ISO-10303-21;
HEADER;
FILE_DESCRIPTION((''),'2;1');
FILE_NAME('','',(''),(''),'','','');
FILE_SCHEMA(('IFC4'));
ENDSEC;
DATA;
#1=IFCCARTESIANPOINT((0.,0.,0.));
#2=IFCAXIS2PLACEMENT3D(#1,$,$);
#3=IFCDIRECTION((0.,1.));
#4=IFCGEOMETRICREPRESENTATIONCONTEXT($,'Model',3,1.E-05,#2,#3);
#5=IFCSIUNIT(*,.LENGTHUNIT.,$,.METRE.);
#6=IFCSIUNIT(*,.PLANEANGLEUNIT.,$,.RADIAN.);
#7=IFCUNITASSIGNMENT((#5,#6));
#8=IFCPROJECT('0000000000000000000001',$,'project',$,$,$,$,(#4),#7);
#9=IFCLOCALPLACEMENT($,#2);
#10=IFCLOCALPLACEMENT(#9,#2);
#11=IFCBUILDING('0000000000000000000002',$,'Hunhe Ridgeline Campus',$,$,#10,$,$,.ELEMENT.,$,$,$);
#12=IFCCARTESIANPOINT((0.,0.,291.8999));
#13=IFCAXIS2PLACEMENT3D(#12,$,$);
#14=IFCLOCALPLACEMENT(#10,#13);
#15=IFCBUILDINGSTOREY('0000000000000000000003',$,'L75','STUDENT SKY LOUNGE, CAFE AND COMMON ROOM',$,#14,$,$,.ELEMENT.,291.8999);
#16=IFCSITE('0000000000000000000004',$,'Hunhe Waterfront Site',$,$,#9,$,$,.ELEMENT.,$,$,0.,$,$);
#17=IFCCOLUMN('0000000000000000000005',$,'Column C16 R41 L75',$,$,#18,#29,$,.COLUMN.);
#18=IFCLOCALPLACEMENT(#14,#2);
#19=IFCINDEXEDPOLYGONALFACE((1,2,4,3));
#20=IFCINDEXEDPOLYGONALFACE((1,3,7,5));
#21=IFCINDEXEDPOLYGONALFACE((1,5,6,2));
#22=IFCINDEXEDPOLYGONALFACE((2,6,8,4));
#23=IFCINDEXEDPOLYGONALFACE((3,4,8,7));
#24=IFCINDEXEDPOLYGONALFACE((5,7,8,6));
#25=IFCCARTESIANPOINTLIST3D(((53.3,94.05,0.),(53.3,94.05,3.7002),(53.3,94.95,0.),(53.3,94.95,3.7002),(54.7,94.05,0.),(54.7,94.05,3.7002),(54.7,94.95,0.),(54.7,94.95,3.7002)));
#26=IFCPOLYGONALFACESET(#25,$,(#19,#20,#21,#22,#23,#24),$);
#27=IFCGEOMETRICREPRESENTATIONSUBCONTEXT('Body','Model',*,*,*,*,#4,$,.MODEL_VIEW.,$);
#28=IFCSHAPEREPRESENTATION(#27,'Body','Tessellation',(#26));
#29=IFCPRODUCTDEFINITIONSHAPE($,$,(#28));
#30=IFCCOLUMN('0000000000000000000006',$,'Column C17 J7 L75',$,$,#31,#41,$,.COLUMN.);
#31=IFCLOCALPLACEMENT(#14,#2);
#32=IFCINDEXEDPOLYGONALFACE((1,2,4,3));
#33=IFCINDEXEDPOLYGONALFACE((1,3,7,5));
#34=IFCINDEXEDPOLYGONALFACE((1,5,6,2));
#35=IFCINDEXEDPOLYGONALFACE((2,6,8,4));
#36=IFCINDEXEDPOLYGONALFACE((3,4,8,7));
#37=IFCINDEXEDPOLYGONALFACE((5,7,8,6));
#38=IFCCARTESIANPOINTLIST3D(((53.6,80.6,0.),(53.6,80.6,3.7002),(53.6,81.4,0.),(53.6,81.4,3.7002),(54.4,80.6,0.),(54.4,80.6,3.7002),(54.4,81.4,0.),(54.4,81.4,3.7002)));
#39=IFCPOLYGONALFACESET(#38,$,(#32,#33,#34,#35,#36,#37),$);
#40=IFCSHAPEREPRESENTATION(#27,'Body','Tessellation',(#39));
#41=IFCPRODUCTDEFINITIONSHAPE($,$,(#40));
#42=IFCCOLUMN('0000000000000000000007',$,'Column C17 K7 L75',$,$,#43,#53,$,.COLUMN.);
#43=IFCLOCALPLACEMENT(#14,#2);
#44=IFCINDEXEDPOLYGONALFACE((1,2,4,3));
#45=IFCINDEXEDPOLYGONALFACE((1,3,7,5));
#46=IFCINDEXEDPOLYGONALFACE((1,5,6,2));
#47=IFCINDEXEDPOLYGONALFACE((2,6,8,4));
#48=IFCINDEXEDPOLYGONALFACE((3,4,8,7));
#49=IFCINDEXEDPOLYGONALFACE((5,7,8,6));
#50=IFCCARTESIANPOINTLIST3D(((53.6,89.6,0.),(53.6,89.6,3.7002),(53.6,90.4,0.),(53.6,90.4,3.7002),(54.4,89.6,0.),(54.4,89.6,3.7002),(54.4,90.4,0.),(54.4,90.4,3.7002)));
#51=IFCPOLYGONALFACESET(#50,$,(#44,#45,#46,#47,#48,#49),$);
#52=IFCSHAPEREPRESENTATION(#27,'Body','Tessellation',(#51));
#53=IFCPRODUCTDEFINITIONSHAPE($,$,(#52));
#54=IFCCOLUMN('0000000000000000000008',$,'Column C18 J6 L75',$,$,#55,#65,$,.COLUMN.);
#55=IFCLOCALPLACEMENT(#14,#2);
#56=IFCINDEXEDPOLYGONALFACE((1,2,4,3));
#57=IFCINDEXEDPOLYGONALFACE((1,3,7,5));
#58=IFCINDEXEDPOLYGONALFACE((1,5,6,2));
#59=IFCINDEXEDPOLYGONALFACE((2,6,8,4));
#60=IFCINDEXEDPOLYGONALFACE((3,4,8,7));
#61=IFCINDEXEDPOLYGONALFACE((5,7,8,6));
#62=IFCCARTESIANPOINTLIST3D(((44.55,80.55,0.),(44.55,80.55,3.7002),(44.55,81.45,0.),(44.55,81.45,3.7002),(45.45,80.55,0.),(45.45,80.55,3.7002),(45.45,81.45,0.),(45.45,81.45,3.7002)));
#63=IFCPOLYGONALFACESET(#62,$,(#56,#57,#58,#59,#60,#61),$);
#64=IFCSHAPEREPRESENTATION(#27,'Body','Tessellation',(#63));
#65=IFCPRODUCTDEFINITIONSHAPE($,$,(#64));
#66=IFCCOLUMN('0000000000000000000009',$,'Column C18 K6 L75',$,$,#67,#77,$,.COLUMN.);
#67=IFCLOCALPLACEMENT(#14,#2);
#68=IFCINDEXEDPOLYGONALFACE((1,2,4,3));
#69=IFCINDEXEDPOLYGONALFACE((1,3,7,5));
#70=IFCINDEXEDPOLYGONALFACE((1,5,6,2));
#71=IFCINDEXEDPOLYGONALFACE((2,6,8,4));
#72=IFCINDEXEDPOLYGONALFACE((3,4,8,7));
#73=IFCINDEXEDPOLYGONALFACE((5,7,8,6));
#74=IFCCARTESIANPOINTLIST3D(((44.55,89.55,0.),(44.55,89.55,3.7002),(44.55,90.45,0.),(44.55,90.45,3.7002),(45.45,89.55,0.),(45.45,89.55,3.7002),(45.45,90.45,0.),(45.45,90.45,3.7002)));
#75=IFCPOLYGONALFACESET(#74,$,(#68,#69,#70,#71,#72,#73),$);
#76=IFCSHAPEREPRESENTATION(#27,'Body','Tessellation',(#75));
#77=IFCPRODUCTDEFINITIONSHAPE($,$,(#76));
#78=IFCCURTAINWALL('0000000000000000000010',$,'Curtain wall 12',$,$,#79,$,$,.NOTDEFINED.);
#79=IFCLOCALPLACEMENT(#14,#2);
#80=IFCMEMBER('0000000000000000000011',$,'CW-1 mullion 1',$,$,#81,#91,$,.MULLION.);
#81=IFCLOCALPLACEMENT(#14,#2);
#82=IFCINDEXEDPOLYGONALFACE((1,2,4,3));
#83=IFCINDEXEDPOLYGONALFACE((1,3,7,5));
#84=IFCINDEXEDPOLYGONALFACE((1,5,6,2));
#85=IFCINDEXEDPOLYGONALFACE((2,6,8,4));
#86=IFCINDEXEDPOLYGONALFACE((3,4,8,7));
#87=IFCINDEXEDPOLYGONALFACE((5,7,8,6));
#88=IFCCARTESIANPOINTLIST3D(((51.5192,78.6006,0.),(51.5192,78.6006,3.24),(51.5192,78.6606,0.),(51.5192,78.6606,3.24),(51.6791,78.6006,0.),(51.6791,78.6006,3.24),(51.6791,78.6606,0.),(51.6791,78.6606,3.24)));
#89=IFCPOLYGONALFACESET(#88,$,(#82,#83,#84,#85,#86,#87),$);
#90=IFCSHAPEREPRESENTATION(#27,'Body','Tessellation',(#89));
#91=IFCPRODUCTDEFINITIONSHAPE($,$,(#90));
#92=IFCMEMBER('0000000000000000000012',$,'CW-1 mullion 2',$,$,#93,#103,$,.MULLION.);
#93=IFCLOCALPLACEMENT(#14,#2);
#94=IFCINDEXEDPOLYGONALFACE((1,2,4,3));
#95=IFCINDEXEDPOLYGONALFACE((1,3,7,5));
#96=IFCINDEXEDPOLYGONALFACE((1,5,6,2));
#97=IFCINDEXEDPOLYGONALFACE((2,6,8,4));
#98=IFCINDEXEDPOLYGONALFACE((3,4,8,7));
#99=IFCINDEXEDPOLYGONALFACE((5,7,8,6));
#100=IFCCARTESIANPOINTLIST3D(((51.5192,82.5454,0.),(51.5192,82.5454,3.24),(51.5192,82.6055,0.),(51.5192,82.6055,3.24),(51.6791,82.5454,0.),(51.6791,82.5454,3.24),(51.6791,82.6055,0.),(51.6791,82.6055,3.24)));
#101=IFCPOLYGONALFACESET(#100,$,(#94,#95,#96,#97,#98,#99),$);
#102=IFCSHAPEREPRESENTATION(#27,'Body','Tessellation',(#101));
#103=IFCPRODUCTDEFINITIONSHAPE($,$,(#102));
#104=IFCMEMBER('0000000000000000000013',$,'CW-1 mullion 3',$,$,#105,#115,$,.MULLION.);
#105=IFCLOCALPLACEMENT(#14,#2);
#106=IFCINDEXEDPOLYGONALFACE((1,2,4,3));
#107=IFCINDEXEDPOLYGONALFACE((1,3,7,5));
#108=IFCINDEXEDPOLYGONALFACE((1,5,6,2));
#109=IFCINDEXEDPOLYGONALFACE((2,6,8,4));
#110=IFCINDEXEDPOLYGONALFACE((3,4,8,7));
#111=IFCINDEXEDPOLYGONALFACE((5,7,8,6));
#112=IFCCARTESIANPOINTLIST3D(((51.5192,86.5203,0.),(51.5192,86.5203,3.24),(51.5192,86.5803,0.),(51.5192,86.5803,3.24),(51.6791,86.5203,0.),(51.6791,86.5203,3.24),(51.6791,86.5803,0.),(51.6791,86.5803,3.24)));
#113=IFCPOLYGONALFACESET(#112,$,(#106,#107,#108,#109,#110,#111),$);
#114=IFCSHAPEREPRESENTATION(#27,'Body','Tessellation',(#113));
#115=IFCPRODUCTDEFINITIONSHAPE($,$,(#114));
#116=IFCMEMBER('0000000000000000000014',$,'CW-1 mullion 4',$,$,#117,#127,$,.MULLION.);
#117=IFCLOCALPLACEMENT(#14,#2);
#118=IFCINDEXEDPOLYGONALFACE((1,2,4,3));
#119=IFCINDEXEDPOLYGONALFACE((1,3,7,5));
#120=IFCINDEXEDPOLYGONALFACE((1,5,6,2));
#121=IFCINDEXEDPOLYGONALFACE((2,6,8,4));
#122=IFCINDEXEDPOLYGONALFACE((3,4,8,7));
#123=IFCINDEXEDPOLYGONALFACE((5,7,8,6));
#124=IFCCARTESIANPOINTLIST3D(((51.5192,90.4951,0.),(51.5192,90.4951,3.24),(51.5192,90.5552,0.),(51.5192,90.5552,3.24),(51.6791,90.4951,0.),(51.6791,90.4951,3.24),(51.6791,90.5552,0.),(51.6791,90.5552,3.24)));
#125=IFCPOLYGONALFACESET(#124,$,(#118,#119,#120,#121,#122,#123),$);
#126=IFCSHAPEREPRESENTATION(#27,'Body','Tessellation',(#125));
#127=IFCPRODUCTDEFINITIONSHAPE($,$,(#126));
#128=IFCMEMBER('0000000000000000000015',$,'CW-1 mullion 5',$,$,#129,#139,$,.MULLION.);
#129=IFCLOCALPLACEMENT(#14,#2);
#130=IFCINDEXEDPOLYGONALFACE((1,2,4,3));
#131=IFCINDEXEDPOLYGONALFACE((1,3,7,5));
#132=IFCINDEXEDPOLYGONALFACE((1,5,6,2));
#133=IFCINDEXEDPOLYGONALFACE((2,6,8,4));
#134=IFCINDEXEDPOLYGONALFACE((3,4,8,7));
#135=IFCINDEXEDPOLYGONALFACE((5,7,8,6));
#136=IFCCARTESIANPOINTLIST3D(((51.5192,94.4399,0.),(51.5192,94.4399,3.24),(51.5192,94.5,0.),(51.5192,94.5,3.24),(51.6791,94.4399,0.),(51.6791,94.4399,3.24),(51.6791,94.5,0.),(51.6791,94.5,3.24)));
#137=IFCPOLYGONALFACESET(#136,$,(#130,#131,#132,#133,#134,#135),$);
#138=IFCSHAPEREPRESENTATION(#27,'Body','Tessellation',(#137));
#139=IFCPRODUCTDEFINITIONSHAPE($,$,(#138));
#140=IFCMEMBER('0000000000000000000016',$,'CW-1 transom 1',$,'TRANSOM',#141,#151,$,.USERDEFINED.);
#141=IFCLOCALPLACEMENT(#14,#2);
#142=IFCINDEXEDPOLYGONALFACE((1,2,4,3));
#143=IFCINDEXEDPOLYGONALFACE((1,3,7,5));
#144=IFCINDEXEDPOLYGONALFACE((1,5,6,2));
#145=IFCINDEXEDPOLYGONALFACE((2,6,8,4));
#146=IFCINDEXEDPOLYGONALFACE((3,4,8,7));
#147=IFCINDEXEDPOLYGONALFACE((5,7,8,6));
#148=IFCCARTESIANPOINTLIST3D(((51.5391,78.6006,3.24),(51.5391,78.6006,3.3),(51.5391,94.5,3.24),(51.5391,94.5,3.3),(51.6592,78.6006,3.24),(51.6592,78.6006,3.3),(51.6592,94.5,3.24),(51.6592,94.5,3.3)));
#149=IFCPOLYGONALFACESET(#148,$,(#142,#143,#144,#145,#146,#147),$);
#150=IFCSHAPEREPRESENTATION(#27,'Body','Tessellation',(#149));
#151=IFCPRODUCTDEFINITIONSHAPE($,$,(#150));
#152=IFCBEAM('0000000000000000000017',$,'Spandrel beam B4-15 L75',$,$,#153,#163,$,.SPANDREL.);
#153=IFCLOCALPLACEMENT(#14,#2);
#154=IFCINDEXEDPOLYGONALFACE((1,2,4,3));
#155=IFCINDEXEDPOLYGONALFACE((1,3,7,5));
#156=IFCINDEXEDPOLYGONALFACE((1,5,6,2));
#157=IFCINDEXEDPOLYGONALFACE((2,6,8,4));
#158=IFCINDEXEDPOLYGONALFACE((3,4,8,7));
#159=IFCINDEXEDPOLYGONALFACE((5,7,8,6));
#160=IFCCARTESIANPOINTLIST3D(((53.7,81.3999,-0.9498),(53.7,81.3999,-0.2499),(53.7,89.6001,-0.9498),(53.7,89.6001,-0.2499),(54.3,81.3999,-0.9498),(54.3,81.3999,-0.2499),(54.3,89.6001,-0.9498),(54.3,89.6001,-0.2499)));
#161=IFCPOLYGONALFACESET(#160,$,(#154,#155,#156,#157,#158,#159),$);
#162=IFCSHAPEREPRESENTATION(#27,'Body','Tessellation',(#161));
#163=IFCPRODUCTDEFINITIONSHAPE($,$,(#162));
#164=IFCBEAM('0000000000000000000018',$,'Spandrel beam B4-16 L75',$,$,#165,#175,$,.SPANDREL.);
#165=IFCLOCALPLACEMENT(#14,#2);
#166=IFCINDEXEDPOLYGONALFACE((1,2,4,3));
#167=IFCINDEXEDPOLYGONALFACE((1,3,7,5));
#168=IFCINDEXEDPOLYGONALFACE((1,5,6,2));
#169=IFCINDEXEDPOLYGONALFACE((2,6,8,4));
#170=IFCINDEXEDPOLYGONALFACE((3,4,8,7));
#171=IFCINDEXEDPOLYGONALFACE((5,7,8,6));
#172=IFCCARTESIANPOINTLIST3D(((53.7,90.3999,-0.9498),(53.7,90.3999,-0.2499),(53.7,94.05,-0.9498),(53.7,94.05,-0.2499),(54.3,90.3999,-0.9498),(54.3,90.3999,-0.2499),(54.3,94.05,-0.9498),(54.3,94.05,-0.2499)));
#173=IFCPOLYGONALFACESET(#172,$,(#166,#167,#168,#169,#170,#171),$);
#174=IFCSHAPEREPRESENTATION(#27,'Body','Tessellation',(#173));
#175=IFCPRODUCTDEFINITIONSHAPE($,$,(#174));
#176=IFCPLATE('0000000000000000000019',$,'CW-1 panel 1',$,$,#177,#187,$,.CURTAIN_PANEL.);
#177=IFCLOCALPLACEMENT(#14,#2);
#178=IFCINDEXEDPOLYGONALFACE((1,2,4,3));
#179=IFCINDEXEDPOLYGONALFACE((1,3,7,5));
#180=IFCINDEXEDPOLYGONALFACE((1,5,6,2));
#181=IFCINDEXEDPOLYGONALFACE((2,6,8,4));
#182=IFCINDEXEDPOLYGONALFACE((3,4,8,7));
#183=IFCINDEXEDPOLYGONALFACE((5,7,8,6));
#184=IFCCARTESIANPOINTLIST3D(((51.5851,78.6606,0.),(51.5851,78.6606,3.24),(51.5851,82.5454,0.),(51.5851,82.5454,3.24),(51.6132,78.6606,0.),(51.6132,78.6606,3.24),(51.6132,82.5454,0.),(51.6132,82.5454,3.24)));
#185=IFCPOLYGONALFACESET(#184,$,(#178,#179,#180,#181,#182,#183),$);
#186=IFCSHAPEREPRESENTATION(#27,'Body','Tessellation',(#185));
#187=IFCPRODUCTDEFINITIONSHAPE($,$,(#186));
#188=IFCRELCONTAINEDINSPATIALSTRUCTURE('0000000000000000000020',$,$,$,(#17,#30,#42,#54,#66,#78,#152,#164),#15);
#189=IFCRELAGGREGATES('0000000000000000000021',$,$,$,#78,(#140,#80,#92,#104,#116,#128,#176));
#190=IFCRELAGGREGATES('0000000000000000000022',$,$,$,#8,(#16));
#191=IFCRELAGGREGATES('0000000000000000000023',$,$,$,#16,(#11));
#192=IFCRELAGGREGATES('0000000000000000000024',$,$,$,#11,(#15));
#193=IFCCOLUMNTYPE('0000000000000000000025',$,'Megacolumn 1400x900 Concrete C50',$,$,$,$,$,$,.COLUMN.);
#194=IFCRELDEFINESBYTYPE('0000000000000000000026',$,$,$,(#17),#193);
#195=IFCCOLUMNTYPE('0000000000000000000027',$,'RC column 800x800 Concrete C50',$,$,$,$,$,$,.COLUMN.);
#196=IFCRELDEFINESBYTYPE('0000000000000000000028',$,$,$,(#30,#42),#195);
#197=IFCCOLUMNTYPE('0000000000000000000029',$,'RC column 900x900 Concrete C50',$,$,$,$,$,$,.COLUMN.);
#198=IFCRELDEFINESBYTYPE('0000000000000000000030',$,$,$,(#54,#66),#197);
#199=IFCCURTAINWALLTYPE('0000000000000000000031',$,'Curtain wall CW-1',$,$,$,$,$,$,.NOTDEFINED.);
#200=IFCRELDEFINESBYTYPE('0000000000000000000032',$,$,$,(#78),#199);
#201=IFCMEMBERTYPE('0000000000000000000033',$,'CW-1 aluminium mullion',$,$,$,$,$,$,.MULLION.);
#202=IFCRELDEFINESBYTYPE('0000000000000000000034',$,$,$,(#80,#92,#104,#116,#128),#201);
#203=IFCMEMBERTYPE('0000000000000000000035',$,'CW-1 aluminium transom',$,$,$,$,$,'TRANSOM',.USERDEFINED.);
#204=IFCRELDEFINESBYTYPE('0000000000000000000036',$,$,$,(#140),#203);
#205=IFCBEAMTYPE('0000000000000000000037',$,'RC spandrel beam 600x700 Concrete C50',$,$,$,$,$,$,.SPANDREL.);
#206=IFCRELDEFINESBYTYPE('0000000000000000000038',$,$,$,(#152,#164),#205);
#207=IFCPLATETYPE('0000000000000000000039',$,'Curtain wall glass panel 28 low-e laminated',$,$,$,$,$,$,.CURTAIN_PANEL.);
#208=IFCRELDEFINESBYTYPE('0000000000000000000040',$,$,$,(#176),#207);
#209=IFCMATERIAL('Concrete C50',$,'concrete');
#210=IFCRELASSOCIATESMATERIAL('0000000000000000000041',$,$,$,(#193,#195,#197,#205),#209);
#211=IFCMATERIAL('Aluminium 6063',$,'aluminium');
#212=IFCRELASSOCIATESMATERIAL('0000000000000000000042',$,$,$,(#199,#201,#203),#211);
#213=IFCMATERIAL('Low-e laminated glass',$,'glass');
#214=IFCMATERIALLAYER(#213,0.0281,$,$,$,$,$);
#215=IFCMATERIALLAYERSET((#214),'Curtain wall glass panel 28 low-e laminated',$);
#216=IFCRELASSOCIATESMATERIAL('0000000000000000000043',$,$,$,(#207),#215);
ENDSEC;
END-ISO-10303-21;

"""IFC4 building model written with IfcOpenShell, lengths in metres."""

from ifc_helpers import new_model, si_unit, direction, frame, origin, origin_2d, place, context, subcontext, project, spatial, rectangle, extrude, material, layer, layer_set, material_profile, profile_set, type_object, element, aggregate, save


model = new_model("IFC4")

# Units and contexts
model_context = context("Model", 3, precision=1e-05, world=origin(), true_north=direction((0.0, 1.0)))
body_context = subcontext(model_context, "Body", "Model", "MODEL_VIEW")
ifc_project = project(units=[si_unit("LENGTHUNIT", "METRE"), si_unit("PLANEANGLEUNIT", "RADIAN")], contexts=[model_context])

# Site, building, storey
site_placement = place(None, origin())
site = spatial("IfcSite", under=ifc_project, at=site_placement, Name="Hunhe Waterfront Site", CompositionType="ELEMENT", RefElevation=0.0)
building_placement = place(site_placement, origin())
building = spatial("IfcBuilding", under=site, at=building_placement, Name="Hunhe Ridgeline Campus", CompositionType="ELEMENT")
storey_placement = place(building_placement, frame((0.0, 0.0, 291.8999)))
storey = spatial("IfcBuildingStorey", under=building, at=storey_placement, Name="L75", Description="STUDENT SKY LOUNGE, CAFE AND COMMON ROOM", CompositionType="ELEMENT", Elevation=291.8999)

# Columns
ifc_material_1 = material(Name="Concrete C50", Category="concrete")
ifc_material_profile_1 = material_profile(ifc_material_1, rectangle(XDim=1.3999, YDim=0.8999, at=origin_2d()))
ifc_profile_set_1 = profile_set([ifc_material_profile_1], Name="Concrete C50")
column_type_1 = type_object("IfcColumnType", Name="Megacolumn 1400x900 Concrete C50", PredefinedType="COLUMN", material=ifc_profile_set_1)
column_placement = place(storey_placement, frame((54.0, 94.5, 0.0), z_axis=(0.0, 0.0, 1.0), x_axis=(1.0, 0.0, 0.0)))
element("IfcColumn", 1, at=column_placement, inside=storey, type_object=column_type_1, Name="Column C16 R41 L75", PredefinedType="COLUMN", context=body_context, shape_type="SweptSolid", body=[
    extrude(rectangle(XDim=1.3999, YDim=0.8999, at=origin_2d()), origin(), (0.0, 0.0, 1.0), 3.7002),
])
ifc_material_profile_2 = material_profile(ifc_material_1, rectangle(XDim=0.8, YDim=0.8, at=origin_2d()))
ifc_profile_set_2 = profile_set([ifc_material_profile_2], Name="Concrete C50")
column_type_2 = type_object("IfcColumnType", Name="RC column 800x800 Concrete C50", PredefinedType="COLUMN", material=ifc_profile_set_2)
for number, where, z_axis, x_axis, name in (
    (2, (54.0, 81.0, 0.0), (0.0, 0.0, 1.0), (1.0, 0.0, 0.0), "Column C17 J7 L75"),
    (3, (54.0, 90.0, 0.0), (0.0, 0.0, 1.0), (1.0, 0.0, 0.0), "Column C17 K7 L75"),
):
    element("IfcColumn", number, at=place(storey_placement, frame(where, z_axis=z_axis, x_axis=x_axis)), inside=storey, type_object=column_type_2, Name=name, PredefinedType="COLUMN", context=body_context, shape_type="SweptSolid", body=[
        extrude(rectangle(XDim=0.8, YDim=0.8, at=origin_2d()), origin(), (0.0, 0.0, 1.0), 3.7002),
    ])
ifc_material_profile_3 = material_profile(ifc_material_1, rectangle(XDim=0.8999, YDim=0.8999, at=origin_2d()))
ifc_profile_set_3 = profile_set([ifc_material_profile_3], Name="Concrete C50")
column_type_3 = type_object("IfcColumnType", Name="RC column 900x900 Concrete C50", PredefinedType="COLUMN", material=ifc_profile_set_3)
for number, where, z_axis, x_axis, name in (
    (4, (45.0, 81.0, 0.0), (0.0, 0.0, 1.0), (1.0, 0.0, 0.0), "Column C18 J6 L75"),
    (5, (45.0, 90.0, 0.0), (0.0, 0.0, 1.0), (1.0, 0.0, 0.0), "Column C18 K6 L75"),
):
    element("IfcColumn", number, at=place(storey_placement, frame(where, z_axis=z_axis, x_axis=x_axis)), inside=storey, type_object=column_type_3, Name=name, PredefinedType="COLUMN", context=body_context, shape_type="SweptSolid", body=[
        extrude(rectangle(XDim=0.8999, YDim=0.8999, at=origin_2d()), origin(), (0.0, 0.0, 1.0), 3.7002),
    ])

# Curtain wall, members
ifc_material_2 = material(Name="Aluminium 6063", Category="aluminium")
curtain_wall_type = type_object("IfcCurtainWallType", Name="Curtain wall CW-1", PredefinedType="NOTDEFINED", material=ifc_material_2)
curtain_wall_placement = place(storey_placement, origin())
curtain_wall = element("IfcCurtainWall", 6, at=curtain_wall_placement, inside=storey, type_object=curtain_wall_type, Name="Curtain wall 12", PredefinedType="NOTDEFINED")
ifc_material_profile_4 = material_profile(ifc_material_2, rectangle(XDim=0.1599, YDim=0.0601, at=origin_2d()))
ifc_profile_set_4 = profile_set([ifc_material_profile_4], Name="Aluminium 6063")
member_type_1 = type_object("IfcMemberType", Name="CW-1 aluminium mullion", PredefinedType="MULLION", material=ifc_profile_set_4)
member_1_placement = place(storey_placement, frame((51.5991, 78.6306, 0.0), z_axis=(0.0, 0.0, 1.0), x_axis=(-1.0, 0.0, 0.0)))
member_1 = element("IfcMember", 7, at=member_1_placement, type_object=member_type_1, Name="CW-1 mullion 1", PredefinedType="MULLION", context=body_context, shape_type="SweptSolid", body=[
    extrude(rectangle(XDim=0.1599, YDim=0.0601, at=origin_2d()), origin(), (0.0, 0.0, 1.0), 3.24),
])
member_2_placement = place(storey_placement, frame((51.5991, 82.5754, 0.0), z_axis=(0.0, 0.0, 1.0), x_axis=(-1.0, 0.0, 0.0)))
member_2 = element("IfcMember", 8, at=member_2_placement, type_object=member_type_1, Name="CW-1 mullion 2", PredefinedType="MULLION", context=body_context, shape_type="SweptSolid", body=[
    extrude(rectangle(XDim=0.1599, YDim=0.0601, at=origin_2d()), origin(), (0.0, 0.0, 1.0), 3.24),
])
member_3_placement = place(storey_placement, frame((51.5991, 86.5503, 0.0), z_axis=(0.0, 0.0, 1.0), x_axis=(-1.0, 0.0, 0.0)))
member_3 = element("IfcMember", 9, at=member_3_placement, type_object=member_type_1, Name="CW-1 mullion 3", PredefinedType="MULLION", context=body_context, shape_type="SweptSolid", body=[
    extrude(rectangle(XDim=0.1599, YDim=0.0601, at=origin_2d()), origin(), (0.0, 0.0, 1.0), 3.24),
])
member_4_placement = place(storey_placement, frame((51.5991, 90.5251, 0.0), z_axis=(0.0, 0.0, 1.0), x_axis=(-1.0, 0.0, 0.0)))
member_4 = element("IfcMember", 10, at=member_4_placement, type_object=member_type_1, Name="CW-1 mullion 4", PredefinedType="MULLION", context=body_context, shape_type="SweptSolid", body=[
    extrude(rectangle(XDim=0.1599, YDim=0.0601, at=origin_2d()), origin(), (0.0, 0.0, 1.0), 3.24),
])
member_5_placement = place(storey_placement, frame((51.5991, 94.47, 0.0), z_axis=(0.0, 0.0, 1.0), x_axis=(-1.0, 0.0, 0.0)))
member_5 = element("IfcMember", 11, at=member_5_placement, type_object=member_type_1, Name="CW-1 mullion 5", PredefinedType="MULLION", context=body_context, shape_type="SweptSolid", body=[
    extrude(rectangle(XDim=0.1599, YDim=0.0601, at=origin_2d()), origin(), (0.0, 0.0, 1.0), 3.24),
])
ifc_material_profile_5 = material_profile(ifc_material_2, rectangle(XDim=0.1201, YDim=0.0601, at=origin_2d()))
ifc_profile_set_5 = profile_set([ifc_material_profile_5], Name="Aluminium 6063")
member_type_2 = type_object("IfcMemberType", Name="CW-1 aluminium transom", ElementType="TRANSOM", PredefinedType="USERDEFINED", material=ifc_profile_set_5)
member_6_placement = place(storey_placement, frame((51.5991, 78.6006, 3.27), z_axis=(0.0, 1.0, 0.0), x_axis=(-1.0, 0.0, 0.0)))
member_6 = element("IfcMember", 12, at=member_6_placement, type_object=member_type_2, Name="CW-1 transom 1", ObjectType="TRANSOM", PredefinedType="USERDEFINED", context=body_context, shape_type="SweptSolid", body=[
    extrude(rectangle(XDim=0.1201, YDim=0.0601, at=origin_2d()), origin(), (0.0, 0.0, 1.0), 15.8994),
])

# Beams
ifc_material_profile_6 = material_profile(ifc_material_1, rectangle(XDim=0.6001, YDim=0.7, at=origin_2d()))
ifc_profile_set_6 = profile_set([ifc_material_profile_6], Name="Concrete C50")
beam_type = type_object("IfcBeamType", Name="RC spandrel beam 600x700 Concrete C50", PredefinedType="SPANDREL", material=ifc_profile_set_6)
beam_1_placement = place(storey_placement, frame((54.0, 81.3999, -0.5999), z_axis=(0.0, 1.0, 0.0), x_axis=(-1.0, 0.0, 0.0)))
element("IfcBeam", 13, at=beam_1_placement, inside=storey, type_object=beam_type, Name="Spandrel beam B4-15 L75", PredefinedType="SPANDREL", context=body_context, shape_type="SweptSolid", body=[
    extrude(rectangle(XDim=0.6001, YDim=0.7, at=origin_2d()), origin(), (0.0, 0.0, 1.0), 8.2002),
])
beam_2_placement = place(storey_placement, frame((54.0, 90.3999, -0.5999), z_axis=(0.0, 1.0, 0.0), x_axis=(-1.0, 0.0, 0.0)))
element("IfcBeam", 14, at=beam_2_placement, inside=storey, type_object=beam_type, Name="Spandrel beam B4-16 L75", PredefinedType="SPANDREL", context=body_context, shape_type="SweptSolid", body=[
    extrude(rectangle(XDim=0.6001, YDim=0.7, at=origin_2d()), origin(), (0.0, 0.0, 1.0), 3.6501),
])

# Plate
ifc_material_3 = material(Name="Low-e laminated glass", Category="glass")
ifc_layer_1 = layer(ifc_material_3, 0.0281)
ifc_layer_set_1 = layer_set([ifc_layer_1], Name="Curtain wall glass panel 28 low-e laminated")
plate_type = type_object("IfcPlateType", Name="Curtain wall glass panel 28 low-e laminated", PredefinedType="CURTAIN_PANEL", material=ifc_layer_set_1)
plate_1_placement = place(storey_placement, frame((51.5991, 80.603, 0.0), z_axis=(0.0, 0.0, 1.0), x_axis=(0.0, 1.0, 0.0)))
plate_1 = element("IfcPlate", 15, at=plate_1_placement, type_object=plate_type, Name="CW-1 panel 1", PredefinedType="CURTAIN_PANEL", context=body_context, shape_type="SweptSolid", body=[
    extrude(rectangle(XDim=3.8848, YDim=0.0281, at=origin_2d()), origin(), (0.0, 0.0, 1.0), 3.24),
])
aggregate(curtain_wall, [member_6, member_1, member_2, member_3, member_4, member_5, plate_1])

save(model, "model.ifc")
